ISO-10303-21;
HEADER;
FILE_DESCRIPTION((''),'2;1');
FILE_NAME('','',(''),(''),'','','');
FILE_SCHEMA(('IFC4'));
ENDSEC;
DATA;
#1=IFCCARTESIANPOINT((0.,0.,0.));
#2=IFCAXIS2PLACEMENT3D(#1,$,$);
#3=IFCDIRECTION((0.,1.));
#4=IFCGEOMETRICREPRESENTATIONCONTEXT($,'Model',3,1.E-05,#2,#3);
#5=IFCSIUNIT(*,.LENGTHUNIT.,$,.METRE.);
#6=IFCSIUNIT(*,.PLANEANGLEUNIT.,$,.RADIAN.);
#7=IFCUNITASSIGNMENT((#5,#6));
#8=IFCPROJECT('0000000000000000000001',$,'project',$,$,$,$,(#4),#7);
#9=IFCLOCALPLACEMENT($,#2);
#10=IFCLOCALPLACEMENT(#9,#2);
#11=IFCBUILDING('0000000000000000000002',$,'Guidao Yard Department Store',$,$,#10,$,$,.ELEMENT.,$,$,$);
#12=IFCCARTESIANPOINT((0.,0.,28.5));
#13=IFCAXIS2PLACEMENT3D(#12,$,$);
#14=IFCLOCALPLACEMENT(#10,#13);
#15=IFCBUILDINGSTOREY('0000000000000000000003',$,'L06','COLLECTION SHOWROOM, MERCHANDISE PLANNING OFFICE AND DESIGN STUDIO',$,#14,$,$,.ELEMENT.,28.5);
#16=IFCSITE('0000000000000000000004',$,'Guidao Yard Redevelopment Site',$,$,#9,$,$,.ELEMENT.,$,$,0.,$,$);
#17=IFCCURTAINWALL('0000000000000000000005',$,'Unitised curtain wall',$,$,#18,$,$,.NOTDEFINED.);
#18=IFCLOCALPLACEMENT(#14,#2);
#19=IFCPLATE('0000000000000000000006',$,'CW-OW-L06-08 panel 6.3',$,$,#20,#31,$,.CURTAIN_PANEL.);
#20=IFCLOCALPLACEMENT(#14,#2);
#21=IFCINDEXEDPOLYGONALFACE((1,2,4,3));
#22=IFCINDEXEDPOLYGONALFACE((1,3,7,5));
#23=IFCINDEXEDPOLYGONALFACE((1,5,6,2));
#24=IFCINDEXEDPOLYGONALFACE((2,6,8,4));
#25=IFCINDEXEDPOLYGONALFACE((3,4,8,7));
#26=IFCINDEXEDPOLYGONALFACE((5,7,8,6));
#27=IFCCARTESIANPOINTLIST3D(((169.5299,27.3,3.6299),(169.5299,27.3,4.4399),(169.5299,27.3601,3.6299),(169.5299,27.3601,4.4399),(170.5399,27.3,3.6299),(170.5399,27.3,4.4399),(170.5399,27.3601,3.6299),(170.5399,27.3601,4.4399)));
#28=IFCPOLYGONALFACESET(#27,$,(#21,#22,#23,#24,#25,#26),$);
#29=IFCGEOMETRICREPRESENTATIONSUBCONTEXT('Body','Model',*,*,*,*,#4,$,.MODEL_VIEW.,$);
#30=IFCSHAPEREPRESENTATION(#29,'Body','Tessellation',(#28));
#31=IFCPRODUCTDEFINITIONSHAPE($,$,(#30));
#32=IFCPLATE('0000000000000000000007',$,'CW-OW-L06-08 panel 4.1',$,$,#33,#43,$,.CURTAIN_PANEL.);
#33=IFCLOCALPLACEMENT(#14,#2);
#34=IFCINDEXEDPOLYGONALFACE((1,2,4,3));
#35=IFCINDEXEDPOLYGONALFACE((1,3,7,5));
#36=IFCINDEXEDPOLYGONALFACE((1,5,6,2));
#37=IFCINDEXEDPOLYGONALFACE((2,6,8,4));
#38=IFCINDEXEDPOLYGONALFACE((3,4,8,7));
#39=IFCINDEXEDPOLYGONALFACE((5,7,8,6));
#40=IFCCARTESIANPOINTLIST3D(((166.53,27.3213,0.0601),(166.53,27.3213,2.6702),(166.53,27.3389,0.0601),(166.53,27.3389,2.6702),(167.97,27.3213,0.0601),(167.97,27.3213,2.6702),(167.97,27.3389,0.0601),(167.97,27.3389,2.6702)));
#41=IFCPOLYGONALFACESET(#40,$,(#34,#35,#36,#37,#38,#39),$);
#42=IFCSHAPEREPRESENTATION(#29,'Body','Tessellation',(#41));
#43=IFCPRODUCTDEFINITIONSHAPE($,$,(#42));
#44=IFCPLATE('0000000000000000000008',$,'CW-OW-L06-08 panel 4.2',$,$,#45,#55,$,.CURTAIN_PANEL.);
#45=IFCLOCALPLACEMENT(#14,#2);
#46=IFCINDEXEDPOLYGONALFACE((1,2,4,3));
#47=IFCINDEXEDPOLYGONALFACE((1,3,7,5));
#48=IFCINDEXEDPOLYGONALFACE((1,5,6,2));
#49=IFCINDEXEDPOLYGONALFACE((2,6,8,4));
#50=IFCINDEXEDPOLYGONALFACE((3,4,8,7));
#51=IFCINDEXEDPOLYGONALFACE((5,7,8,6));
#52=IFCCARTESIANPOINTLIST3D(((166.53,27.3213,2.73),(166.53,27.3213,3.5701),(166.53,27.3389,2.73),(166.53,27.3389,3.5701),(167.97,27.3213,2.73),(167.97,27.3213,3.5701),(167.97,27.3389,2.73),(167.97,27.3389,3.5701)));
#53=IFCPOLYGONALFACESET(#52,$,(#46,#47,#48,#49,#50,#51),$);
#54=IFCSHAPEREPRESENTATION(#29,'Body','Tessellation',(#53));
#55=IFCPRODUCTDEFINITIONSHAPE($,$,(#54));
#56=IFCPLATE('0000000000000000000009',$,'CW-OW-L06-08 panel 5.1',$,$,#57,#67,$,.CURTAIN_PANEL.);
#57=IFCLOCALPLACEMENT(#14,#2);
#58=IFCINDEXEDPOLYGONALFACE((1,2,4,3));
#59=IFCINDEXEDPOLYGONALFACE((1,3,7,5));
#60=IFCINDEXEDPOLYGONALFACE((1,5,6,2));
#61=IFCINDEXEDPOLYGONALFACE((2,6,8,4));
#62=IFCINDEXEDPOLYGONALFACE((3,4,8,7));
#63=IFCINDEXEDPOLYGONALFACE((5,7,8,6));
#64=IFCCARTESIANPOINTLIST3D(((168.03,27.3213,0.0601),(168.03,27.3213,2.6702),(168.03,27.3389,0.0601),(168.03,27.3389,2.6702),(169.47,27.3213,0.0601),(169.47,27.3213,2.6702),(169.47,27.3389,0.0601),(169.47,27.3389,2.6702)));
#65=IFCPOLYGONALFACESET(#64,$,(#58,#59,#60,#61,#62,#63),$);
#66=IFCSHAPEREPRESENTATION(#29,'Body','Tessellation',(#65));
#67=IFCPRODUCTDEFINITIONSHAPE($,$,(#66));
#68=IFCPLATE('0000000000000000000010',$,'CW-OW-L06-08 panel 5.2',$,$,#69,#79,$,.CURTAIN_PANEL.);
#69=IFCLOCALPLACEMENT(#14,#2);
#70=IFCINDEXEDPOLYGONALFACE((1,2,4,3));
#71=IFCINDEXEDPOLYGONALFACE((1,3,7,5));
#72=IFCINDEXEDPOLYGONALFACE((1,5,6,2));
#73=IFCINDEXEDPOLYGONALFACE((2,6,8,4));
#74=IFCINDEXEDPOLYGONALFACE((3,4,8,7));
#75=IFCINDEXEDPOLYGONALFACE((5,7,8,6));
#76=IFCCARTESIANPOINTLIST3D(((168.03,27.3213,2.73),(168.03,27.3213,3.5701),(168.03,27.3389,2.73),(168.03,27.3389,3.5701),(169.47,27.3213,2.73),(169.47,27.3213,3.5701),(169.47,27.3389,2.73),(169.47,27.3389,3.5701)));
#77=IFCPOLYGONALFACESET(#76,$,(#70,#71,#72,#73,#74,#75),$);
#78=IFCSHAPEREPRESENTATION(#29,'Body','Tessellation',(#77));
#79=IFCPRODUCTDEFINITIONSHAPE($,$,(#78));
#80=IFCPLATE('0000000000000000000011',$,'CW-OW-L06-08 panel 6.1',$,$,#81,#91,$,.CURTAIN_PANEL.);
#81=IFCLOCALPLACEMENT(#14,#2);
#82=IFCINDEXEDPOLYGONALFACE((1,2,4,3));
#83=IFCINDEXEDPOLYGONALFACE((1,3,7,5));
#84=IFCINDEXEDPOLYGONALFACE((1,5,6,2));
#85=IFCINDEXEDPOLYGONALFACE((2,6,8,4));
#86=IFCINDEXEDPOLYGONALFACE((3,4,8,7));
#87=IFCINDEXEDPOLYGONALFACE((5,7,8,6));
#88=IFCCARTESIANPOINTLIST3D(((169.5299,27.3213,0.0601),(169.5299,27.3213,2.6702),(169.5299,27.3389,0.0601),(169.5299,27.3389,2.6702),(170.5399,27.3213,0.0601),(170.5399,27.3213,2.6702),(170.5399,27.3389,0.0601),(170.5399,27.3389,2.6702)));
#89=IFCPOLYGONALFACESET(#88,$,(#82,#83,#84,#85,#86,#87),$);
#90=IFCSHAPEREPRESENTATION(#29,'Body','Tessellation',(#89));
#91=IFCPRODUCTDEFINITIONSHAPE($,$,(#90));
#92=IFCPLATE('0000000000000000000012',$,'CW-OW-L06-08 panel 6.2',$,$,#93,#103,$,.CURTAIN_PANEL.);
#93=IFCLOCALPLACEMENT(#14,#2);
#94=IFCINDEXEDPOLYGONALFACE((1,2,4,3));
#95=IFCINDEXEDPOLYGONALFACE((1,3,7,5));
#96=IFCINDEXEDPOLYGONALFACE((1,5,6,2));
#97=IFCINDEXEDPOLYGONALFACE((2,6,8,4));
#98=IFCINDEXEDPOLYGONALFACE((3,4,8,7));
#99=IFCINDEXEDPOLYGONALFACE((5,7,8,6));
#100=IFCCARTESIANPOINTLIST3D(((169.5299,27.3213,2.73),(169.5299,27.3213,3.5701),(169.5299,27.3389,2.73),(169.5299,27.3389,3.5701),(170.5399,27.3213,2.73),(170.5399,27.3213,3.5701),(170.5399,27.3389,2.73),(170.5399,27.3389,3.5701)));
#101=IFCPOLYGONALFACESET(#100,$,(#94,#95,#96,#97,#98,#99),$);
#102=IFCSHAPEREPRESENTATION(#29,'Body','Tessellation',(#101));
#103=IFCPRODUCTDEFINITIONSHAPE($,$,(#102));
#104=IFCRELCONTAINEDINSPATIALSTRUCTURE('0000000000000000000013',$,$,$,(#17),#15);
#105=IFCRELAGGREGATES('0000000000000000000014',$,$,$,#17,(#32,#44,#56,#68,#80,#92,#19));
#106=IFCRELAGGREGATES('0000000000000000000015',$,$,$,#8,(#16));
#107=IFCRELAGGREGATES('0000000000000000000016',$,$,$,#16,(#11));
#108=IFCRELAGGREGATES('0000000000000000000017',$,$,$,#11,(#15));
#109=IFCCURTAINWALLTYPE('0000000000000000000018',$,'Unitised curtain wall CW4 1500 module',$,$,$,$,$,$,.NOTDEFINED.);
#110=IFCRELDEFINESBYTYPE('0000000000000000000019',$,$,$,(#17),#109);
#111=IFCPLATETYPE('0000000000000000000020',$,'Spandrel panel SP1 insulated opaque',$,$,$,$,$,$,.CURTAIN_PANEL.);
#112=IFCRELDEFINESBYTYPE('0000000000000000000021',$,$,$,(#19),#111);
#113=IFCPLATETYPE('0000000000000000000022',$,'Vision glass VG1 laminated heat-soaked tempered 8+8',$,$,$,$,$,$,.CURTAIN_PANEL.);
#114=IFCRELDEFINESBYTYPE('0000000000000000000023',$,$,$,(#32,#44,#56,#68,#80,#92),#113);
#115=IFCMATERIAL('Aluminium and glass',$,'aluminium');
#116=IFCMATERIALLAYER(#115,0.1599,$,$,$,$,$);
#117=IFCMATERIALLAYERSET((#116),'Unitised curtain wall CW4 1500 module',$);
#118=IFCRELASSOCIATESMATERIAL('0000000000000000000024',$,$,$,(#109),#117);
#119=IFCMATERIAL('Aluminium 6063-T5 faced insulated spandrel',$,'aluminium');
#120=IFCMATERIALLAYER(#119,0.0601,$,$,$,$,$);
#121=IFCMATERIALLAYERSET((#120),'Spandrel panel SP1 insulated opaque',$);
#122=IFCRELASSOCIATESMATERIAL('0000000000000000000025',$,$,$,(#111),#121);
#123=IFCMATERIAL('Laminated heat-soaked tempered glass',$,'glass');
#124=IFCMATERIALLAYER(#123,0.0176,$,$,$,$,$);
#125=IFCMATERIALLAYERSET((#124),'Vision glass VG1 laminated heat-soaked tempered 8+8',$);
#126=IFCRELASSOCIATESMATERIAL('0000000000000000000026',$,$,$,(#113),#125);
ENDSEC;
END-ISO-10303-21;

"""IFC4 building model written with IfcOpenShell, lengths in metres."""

from ifc_helpers import new_model, si_unit, direction, frame, origin, origin_2d, place, context, subcontext, project, spatial, rectangle, extrude, material, layer, layer_set, type_object, element, aggregate, save


model = new_model("IFC4")

# Units and contexts
model_context = context("Model", 3, precision=1e-05, world=origin(), true_north=direction((0.0, 1.0)))
body_context = subcontext(model_context, "Body", "Model", "MODEL_VIEW")
ifc_project = project(units=[si_unit("LENGTHUNIT", "METRE"), si_unit("PLANEANGLEUNIT", "RADIAN")], contexts=[model_context])

# Site, building, storey
site_placement = place(None, origin())
site = spatial("IfcSite", under=ifc_project, at=site_placement, Name="Guidao Yard Redevelopment Site", CompositionType="ELEMENT", RefElevation=0.0)
building_placement = place(site_placement, origin())
building = spatial("IfcBuilding", under=site, at=building_placement, Name="Guidao Yard Department Store", CompositionType="ELEMENT")
storey_placement = place(building_placement, frame((0.0, 0.0, 28.5)))
storey = spatial("IfcBuildingStorey", under=building, at=storey_placement, Name="L06", Description="COLLECTION SHOWROOM, MERCHANDISE PLANNING OFFICE AND DESIGN STUDIO", CompositionType="ELEMENT", Elevation=28.5)

# Curtain wall, plates
ifc_material_1 = material(Name="Aluminium and glass", Category="aluminium")
ifc_layer_1 = layer(ifc_material_1, 0.1599)
ifc_layer_set_1 = layer_set([ifc_layer_1], Name="Unitised curtain wall CW4 1500 module")
curtain_wall_type = type_object("IfcCurtainWallType", Name="Unitised curtain wall CW4 1500 module", PredefinedType="NOTDEFINED", material=ifc_layer_set_1)
curtain_wall_placement = place(storey_placement, origin())
curtain_wall = element("IfcCurtainWall", 1, at=curtain_wall_placement, inside=storey, type_object=curtain_wall_type, Name="Unitised curtain wall", PredefinedType="NOTDEFINED")
ifc_material_2 = material(Name="Aluminium 6063-T5 faced insulated spandrel", Category="aluminium")
ifc_layer_2 = layer(ifc_material_2, 0.0601)
ifc_layer_set_2 = layer_set([ifc_layer_2], Name="Spandrel panel SP1 insulated opaque")
plate_type_1 = type_object("IfcPlateType", Name="Spandrel panel SP1 insulated opaque", PredefinedType="CURTAIN_PANEL", material=ifc_layer_set_2)
plate_1_placement = place(storey_placement, frame((170.0349, 27.3301, 3.6299), z_axis=(0.0, 0.0, 1.0), x_axis=(1.0, 0.0, 0.0)))
plate_1 = element("IfcPlate", 2, at=plate_1_placement, type_object=plate_type_1, Name="CW-OW-L06-08 panel 6.3", PredefinedType="CURTAIN_PANEL", context=body_context, shape_type="SweptSolid", body=[
    extrude(rectangle(XDim=1.01, YDim=0.0601, at=origin_2d()), origin(), (0.0, 0.0, 1.0), 0.8101),
])
ifc_material_3 = material(Name="Laminated heat-soaked tempered glass", Category="glass")
ifc_layer_3 = layer(ifc_material_3, 0.0176)
ifc_layer_set_3 = layer_set([ifc_layer_3], Name="Vision glass VG1 laminated heat-soaked tempered 8+8")
plate_type_2 = type_object("IfcPlateType", Name="Vision glass VG1 laminated heat-soaked tempered 8+8", PredefinedType="CURTAIN_PANEL", material=ifc_layer_set_3)
plate_2_placement = place(storey_placement, frame((167.25, 27.3301, 0.0601), z_axis=(0.0, 0.0, 1.0), x_axis=(1.0, 0.0, 0.0)))
plate_2 = element("IfcPlate", 3, at=plate_2_placement, type_object=plate_type_2, Name="CW-OW-L06-08 panel 4.1", PredefinedType="CURTAIN_PANEL", context=body_context, shape_type="SweptSolid", body=[
    extrude(rectangle(XDim=1.4399, YDim=0.0176, at=origin_2d()), origin(), (0.0, 0.0, 1.0), 2.6101),
])
plate_3_placement = place(storey_placement, frame((167.25, 27.3301, 2.73), z_axis=(0.0, 0.0, 1.0), x_axis=(1.0, 0.0, 0.0)))
plate_3 = element("IfcPlate", 4, at=plate_3_placement, type_object=plate_type_2, Name="CW-OW-L06-08 panel 4.2", PredefinedType="CURTAIN_PANEL", context=body_context, shape_type="SweptSolid", body=[
    extrude(rectangle(XDim=1.4399, YDim=0.0176, at=origin_2d()), origin(), (0.0, 0.0, 1.0), 0.8401),
])
plate_4_placement = place(storey_placement, frame((168.75, 27.3301, 0.0601), z_axis=(0.0, 0.0, 1.0), x_axis=(1.0, 0.0, 0.0)))
plate_4 = element("IfcPlate", 5, at=plate_4_placement, type_object=plate_type_2, Name="CW-OW-L06-08 panel 5.1", PredefinedType="CURTAIN_PANEL", context=body_context, shape_type="SweptSolid", body=[
    extrude(rectangle(XDim=1.4399, YDim=0.0176, at=origin_2d()), origin(), (0.0, 0.0, 1.0), 2.6101),
])
plate_5_placement = place(storey_placement, frame((168.75, 27.3301, 2.73), z_axis=(0.0, 0.0, 1.0), x_axis=(1.0, 0.0, 0.0)))
plate_5 = element("IfcPlate", 6, at=plate_5_placement, type_object=plate_type_2, Name="CW-OW-L06-08 panel 5.2", PredefinedType="CURTAIN_PANEL", context=body_context, shape_type="SweptSolid", body=[
    extrude(rectangle(XDim=1.4399, YDim=0.0176, at=origin_2d()), origin(), (0.0, 0.0, 1.0), 0.8401),
])
plate_6_placement = place(storey_placement, frame((170.0349, 27.3301, 0.0601), z_axis=(0.0, 0.0, 1.0), x_axis=(1.0, 0.0, 0.0)))
plate_6 = element("IfcPlate", 7, at=plate_6_placement, type_object=plate_type_2, Name="CW-OW-L06-08 panel 6.1", PredefinedType="CURTAIN_PANEL", context=body_context, shape_type="SweptSolid", body=[
    extrude(rectangle(XDim=1.01, YDim=0.0176, at=origin_2d()), origin(), (0.0, 0.0, 1.0), 2.6101),
])
plate_7_placement = place(storey_placement, frame((170.0349, 27.3301, 2.73), z_axis=(0.0, 0.0, 1.0), x_axis=(1.0, 0.0, 0.0)))
plate_7 = element("IfcPlate", 8, at=plate_7_placement, type_object=plate_type_2, Name="CW-OW-L06-08 panel 6.2", PredefinedType="CURTAIN_PANEL", context=body_context, shape_type="SweptSolid", body=[
    extrude(rectangle(XDim=1.01, YDim=0.0176, at=origin_2d()), origin(), (0.0, 0.0, 1.0), 0.8401),
])
aggregate(curtain_wall, [plate_2, plate_3, plate_4, plate_5, plate_6, plate_7, plate_1])

save(model, "model.ifc")
